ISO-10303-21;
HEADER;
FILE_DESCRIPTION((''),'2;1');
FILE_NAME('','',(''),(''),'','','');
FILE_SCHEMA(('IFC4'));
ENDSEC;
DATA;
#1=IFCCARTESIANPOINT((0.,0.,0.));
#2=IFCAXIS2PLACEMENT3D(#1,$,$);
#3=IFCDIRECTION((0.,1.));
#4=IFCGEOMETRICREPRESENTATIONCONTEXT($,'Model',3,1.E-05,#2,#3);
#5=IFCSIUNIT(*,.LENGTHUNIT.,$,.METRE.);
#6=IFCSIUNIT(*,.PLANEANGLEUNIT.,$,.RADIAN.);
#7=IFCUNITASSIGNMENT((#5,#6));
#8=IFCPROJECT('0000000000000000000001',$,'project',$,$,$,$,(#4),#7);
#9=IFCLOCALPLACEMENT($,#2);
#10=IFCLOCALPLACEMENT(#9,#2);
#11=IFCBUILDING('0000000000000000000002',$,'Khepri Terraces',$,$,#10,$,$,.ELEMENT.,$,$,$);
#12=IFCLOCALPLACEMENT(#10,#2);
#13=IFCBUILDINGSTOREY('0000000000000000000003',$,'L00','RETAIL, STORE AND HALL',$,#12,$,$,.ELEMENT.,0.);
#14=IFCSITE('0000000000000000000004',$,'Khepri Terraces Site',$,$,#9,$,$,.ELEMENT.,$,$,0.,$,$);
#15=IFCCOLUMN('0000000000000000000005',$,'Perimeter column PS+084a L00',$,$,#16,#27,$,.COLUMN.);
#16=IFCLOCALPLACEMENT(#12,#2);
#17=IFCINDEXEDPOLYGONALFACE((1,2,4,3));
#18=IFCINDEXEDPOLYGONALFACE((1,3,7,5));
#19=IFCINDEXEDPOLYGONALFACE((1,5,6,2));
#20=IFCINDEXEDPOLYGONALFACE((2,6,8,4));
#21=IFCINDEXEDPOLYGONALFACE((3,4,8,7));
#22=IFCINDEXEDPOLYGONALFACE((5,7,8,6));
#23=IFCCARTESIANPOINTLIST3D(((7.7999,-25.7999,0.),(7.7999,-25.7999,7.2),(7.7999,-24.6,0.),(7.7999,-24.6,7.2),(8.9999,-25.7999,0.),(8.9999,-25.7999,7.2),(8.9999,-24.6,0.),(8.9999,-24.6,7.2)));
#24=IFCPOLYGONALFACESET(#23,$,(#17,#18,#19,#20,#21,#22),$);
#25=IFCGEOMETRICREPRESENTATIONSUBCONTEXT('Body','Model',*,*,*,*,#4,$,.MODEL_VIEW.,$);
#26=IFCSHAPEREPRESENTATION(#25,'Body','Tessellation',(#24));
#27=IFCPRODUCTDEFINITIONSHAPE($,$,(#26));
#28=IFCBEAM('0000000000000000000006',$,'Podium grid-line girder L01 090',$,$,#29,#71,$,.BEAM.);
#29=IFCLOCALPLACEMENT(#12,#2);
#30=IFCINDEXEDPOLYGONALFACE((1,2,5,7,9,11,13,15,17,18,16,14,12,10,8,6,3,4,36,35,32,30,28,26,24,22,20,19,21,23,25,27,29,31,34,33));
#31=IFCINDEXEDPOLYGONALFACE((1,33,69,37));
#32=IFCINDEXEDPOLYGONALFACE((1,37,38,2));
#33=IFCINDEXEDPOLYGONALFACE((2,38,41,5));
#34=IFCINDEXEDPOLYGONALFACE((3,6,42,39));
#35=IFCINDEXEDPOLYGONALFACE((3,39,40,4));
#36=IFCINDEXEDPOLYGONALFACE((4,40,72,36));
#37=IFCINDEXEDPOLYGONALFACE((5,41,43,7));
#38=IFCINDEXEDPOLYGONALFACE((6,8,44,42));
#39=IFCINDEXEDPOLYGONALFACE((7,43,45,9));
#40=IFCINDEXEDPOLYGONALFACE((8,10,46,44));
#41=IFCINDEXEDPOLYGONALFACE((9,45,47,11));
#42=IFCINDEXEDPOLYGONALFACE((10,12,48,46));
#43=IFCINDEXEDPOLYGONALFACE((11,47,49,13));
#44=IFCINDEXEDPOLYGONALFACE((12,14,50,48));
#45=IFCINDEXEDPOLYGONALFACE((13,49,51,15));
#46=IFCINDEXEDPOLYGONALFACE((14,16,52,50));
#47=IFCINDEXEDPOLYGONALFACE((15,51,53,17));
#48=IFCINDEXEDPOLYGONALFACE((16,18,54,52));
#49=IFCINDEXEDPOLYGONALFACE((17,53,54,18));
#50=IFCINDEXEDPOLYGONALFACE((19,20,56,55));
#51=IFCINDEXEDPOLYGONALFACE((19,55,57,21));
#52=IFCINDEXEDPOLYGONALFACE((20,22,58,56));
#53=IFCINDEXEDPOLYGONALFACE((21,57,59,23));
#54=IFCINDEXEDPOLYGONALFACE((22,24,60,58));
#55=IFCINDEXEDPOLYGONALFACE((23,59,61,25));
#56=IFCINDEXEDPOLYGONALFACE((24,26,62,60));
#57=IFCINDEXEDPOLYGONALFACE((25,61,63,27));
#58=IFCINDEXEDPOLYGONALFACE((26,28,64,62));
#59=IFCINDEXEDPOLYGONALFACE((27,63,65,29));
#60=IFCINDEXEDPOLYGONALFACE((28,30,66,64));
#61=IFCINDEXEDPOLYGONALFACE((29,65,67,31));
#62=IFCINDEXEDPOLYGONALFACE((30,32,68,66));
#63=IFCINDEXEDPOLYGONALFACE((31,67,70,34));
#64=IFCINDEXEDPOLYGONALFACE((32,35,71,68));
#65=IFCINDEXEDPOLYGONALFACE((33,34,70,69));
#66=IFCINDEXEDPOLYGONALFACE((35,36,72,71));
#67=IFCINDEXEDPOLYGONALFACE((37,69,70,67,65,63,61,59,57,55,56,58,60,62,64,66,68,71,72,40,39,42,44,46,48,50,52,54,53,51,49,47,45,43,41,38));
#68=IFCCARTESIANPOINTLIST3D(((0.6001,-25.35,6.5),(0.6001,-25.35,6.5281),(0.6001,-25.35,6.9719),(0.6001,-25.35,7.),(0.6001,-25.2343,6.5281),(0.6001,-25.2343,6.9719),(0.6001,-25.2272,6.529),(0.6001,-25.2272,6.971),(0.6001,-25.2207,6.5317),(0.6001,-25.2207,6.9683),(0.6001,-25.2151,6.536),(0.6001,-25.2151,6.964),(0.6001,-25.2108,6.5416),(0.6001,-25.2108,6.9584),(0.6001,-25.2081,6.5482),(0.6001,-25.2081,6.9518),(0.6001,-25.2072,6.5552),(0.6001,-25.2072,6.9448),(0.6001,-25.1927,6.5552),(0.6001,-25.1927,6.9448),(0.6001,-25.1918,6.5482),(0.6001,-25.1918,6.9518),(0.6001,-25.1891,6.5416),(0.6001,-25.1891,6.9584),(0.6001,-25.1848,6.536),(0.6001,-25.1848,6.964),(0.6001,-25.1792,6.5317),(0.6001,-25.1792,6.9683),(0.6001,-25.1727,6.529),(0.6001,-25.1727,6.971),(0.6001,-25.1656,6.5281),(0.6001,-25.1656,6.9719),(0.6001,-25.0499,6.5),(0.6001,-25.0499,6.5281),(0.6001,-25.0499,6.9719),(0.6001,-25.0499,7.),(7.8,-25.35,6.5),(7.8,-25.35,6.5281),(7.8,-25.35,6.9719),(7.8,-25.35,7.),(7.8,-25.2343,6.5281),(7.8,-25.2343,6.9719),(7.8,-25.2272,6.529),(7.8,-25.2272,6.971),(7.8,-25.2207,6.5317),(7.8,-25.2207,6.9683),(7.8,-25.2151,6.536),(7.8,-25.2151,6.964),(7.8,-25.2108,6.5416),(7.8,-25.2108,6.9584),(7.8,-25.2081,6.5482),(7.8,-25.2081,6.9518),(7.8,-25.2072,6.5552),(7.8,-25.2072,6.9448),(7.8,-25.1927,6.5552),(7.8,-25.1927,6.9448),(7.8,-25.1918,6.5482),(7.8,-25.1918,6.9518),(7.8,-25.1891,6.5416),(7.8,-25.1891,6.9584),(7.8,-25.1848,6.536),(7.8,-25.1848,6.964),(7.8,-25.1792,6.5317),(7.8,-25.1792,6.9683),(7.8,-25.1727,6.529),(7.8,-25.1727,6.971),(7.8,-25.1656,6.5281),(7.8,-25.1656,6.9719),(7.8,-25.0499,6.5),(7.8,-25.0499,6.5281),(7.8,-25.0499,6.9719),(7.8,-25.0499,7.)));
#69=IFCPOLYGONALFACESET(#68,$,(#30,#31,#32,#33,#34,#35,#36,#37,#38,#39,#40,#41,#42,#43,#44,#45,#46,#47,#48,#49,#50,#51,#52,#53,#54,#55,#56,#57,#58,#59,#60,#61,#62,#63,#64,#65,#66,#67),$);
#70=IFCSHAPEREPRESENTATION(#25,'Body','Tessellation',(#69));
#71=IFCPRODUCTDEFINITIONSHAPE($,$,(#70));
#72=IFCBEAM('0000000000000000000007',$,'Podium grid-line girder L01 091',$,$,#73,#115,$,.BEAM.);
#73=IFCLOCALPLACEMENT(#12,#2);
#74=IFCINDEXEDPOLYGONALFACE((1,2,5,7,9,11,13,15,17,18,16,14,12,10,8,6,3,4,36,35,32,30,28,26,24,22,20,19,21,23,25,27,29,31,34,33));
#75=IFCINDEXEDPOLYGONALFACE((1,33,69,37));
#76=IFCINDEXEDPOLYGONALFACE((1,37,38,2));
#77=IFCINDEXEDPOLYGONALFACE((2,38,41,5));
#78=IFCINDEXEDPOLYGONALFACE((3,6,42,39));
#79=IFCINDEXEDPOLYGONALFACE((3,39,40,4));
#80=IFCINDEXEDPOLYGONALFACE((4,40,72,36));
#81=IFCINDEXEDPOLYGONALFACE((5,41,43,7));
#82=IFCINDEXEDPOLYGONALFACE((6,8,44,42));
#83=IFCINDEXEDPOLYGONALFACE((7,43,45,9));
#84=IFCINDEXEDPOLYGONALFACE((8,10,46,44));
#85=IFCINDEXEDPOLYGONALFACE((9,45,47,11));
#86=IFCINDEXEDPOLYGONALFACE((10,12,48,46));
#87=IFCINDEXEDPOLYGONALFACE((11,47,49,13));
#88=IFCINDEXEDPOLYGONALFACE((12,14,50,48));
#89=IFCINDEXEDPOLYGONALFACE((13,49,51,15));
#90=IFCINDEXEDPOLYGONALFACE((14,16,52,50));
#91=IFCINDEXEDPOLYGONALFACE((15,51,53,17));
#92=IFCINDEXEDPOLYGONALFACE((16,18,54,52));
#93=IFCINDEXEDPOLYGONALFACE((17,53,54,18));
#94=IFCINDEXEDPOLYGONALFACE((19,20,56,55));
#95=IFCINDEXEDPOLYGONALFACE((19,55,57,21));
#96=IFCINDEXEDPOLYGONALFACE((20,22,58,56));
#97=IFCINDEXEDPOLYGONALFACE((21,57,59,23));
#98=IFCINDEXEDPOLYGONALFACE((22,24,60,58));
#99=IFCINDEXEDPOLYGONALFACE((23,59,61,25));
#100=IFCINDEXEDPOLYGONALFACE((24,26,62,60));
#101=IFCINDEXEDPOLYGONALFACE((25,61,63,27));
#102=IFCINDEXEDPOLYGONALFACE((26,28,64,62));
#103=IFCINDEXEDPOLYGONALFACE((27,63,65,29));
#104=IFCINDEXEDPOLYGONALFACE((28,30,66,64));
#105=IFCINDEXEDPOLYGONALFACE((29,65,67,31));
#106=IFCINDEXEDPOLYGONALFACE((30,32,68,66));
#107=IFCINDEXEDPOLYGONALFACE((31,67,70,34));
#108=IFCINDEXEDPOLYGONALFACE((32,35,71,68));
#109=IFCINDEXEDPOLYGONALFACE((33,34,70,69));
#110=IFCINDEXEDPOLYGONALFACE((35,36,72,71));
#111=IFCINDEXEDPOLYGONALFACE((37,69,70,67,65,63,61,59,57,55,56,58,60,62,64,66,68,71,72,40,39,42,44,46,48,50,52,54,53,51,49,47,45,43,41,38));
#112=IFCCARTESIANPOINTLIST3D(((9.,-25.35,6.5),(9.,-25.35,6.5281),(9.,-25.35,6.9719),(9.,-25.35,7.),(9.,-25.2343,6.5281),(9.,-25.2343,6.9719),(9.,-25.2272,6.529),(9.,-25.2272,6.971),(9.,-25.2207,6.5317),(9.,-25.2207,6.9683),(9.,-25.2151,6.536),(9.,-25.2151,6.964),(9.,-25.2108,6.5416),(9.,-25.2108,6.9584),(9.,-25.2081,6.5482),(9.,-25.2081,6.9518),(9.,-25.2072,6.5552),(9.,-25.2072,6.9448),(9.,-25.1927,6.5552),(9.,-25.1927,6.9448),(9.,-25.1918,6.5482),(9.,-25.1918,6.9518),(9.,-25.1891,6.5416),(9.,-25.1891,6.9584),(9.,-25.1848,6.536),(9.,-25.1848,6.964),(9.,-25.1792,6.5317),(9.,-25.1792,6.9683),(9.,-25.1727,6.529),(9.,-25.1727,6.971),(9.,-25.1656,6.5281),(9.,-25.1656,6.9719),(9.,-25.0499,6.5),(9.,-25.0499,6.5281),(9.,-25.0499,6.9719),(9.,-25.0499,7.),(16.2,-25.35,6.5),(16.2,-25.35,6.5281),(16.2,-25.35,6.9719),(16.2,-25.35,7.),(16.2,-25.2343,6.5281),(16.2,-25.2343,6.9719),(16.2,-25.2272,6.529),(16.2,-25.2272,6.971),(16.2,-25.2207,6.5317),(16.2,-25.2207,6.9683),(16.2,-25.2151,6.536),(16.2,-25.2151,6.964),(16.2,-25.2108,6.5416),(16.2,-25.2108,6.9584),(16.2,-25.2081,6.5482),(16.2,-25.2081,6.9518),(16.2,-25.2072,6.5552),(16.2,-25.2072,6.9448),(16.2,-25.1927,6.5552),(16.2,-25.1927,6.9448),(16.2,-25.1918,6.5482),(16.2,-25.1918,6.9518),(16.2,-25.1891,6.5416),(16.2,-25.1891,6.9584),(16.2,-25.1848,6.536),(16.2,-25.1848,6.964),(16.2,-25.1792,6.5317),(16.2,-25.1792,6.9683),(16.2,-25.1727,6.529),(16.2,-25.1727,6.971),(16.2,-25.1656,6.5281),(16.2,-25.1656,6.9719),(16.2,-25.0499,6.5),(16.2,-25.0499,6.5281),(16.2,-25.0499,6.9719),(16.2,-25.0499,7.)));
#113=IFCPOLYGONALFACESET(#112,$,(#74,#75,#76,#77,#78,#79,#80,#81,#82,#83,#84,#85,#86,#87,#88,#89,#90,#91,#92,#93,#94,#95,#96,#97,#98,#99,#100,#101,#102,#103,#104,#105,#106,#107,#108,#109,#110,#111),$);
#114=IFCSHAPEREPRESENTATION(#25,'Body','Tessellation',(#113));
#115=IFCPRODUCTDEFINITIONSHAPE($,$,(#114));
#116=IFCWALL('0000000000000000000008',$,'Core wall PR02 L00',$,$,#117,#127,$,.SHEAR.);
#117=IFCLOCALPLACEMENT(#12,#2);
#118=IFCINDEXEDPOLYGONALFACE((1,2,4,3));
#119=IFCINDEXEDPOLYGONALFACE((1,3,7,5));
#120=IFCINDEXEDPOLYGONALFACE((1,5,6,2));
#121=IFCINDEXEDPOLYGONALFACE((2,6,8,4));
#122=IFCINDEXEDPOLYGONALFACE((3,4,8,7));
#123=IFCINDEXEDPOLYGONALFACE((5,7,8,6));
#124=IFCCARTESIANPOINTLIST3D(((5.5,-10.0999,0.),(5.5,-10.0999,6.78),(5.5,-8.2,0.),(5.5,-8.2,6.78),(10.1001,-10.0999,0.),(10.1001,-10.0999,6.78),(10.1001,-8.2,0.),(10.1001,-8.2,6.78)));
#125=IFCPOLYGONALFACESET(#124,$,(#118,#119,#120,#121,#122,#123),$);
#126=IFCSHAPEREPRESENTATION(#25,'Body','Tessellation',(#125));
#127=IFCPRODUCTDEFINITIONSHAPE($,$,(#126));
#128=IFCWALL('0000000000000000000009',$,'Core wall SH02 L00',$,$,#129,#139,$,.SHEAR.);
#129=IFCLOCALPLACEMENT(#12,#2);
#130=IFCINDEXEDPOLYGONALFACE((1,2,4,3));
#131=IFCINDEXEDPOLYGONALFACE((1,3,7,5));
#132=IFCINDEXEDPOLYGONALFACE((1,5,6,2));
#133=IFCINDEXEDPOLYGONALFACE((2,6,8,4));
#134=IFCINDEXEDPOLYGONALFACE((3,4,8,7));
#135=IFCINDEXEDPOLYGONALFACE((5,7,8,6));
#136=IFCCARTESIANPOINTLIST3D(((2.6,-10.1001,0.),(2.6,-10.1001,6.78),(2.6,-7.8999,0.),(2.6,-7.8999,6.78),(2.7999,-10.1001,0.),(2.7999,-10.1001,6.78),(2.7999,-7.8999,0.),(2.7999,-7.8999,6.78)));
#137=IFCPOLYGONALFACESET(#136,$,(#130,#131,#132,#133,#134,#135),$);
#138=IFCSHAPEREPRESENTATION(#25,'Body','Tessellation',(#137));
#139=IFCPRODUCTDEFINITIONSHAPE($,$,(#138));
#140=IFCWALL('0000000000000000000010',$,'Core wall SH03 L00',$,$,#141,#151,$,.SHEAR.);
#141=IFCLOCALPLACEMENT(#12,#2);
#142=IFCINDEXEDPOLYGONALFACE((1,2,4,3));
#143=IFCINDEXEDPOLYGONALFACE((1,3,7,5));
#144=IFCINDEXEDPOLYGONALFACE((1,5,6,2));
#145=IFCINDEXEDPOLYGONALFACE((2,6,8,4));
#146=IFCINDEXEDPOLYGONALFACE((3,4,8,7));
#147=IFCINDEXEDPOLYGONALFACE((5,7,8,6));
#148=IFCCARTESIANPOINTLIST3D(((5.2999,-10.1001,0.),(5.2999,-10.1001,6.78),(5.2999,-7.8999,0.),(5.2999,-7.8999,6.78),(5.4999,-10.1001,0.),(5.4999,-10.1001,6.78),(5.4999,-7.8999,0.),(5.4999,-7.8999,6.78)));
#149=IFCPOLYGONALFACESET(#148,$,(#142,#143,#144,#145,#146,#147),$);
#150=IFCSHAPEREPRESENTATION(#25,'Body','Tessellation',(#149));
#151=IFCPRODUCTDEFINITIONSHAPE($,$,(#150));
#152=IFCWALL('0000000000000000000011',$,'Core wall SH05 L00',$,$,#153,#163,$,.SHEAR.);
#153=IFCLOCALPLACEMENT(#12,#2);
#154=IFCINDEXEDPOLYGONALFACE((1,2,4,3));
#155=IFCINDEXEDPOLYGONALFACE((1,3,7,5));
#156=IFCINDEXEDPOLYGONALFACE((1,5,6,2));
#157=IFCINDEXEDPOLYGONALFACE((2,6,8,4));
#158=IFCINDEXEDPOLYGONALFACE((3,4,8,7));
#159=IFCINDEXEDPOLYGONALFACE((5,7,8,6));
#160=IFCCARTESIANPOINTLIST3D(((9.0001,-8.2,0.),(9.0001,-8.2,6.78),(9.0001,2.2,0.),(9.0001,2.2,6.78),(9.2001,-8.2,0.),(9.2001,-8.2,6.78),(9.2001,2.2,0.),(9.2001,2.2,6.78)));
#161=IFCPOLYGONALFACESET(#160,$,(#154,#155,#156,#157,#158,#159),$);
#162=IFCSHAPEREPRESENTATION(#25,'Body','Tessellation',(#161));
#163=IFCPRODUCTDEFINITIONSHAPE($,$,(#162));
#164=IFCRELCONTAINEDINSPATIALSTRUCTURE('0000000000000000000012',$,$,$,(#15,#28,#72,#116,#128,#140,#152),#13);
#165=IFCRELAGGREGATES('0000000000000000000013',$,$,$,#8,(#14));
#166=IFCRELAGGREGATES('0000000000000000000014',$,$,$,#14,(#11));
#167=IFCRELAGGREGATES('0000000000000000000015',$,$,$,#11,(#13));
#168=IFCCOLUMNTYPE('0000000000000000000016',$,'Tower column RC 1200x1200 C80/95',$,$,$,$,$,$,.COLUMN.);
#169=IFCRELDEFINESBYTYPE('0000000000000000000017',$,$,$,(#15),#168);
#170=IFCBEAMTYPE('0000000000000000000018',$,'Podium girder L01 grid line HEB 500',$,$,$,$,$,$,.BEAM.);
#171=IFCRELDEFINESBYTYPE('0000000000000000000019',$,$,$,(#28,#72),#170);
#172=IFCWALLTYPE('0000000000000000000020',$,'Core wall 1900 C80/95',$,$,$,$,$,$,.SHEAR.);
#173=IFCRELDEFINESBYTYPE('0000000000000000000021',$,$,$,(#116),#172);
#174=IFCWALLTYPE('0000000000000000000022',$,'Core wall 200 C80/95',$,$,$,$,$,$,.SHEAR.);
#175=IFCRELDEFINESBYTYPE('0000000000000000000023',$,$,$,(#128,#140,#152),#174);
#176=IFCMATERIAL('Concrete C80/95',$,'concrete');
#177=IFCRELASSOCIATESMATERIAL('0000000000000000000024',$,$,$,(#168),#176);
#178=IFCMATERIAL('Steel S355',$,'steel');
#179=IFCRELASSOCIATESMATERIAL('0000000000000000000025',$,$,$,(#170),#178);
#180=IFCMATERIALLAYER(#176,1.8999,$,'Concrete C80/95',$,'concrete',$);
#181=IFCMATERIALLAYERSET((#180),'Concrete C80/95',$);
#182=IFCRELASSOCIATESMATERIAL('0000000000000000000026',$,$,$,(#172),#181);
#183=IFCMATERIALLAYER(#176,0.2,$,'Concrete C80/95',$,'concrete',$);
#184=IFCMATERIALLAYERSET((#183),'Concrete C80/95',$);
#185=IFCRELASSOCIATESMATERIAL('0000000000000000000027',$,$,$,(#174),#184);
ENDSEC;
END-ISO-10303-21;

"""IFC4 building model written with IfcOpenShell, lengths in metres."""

from ifc_helpers import new_model, si_unit, direction, frame, frame_2d, origin, origin_2d, place, context, subcontext, project, spatial, rectangle, i_section, extrude, material, layer, layer_set, material_profile, profile_set, type_object, element, save


model = new_model("IFC4")

# Units and contexts
model_context = context("Model", 3, precision=1e-05, world=origin(), true_north=direction((0.0, 1.0)))
body_context = subcontext(model_context, "Body", "Model", "MODEL_VIEW")
ifc_project = project(units=[si_unit("LENGTHUNIT", "METRE"), si_unit("PLANEANGLEUNIT", "RADIAN")], contexts=[model_context])

# Site, building, storey
site_placement = place(None, origin())
site = spatial("IfcSite", under=ifc_project, at=site_placement, Name="Khepri Terraces Site", CompositionType="ELEMENT", RefElevation=0.0)
building_placement = place(site_placement, origin())
building = spatial("IfcBuilding", under=site, at=building_placement, Name="Khepri Terraces", CompositionType="ELEMENT")
storey_placement = place(building_placement, origin())
storey = spatial("IfcBuildingStorey", under=building, at=storey_placement, Name="L00", Description="RETAIL, STORE AND HALL", CompositionType="ELEMENT", Elevation=0.0)

# Column
ifc_material_1 = material(Name="Concrete C80/95", Category="concrete")
ifc_material_profile_1 = material_profile(ifc_material_1, rectangle(XDim=1.2, YDim=1.2, at=origin_2d()), Name="Concrete C80/95", Category="concrete")
ifc_profile_set_1 = profile_set([ifc_material_profile_1], Name="Concrete C80/95")
column_type = type_object("IfcColumnType", Name="Tower column RC 1200x1200 C80/95", PredefinedType="COLUMN", material=ifc_profile_set_1)
column_placement = place(storey_placement, frame((8.3999, -25.2, 0.0), z_axis=(0.0, 0.0, 1.0), x_axis=(1.0, 0.0, 0.0)))
element("IfcColumn", 1, at=column_placement, inside=storey, type_object=column_type, Name="Perimeter column PS+084a L00", PredefinedType="COLUMN", context=body_context, shape_type="SweptSolid", body=[
    extrude(rectangle(XDim=1.2, YDim=1.2, at=origin_2d()), origin(), (0.0, 0.0, 1.0), 7.2),
])

# Beams
ifc_material_2 = material(Name="Steel S355", Category="steel")
ifc_material_profile_2 = material_profile(ifc_material_2, i_section(OverallWidth=0.3, OverallDepth=0.5, WebThickness=0.0144, FlangeThickness=0.0281, FilletRadius=0.0271, at=origin_2d()), Name="Steel S355", Category="steel")
ifc_profile_set_2 = profile_set([ifc_material_profile_2], Name="Steel S355")
beam_type = type_object("IfcBeamType", Name="Podium girder L01 grid line HEB 500", PredefinedType="BEAM", material=ifc_profile_set_2)
for number, where, z_axis, x_axis, name in (
    (2, (0.6001, -25.2, 6.75), (1.0, 0.0, 0.0), (0.0, 1.0, 0.0), "Podium grid-line girder L01 090"),
    (3, (9.0, -25.2, 6.75), (1.0, 0.0, 0.0), (0.0, 1.0, 0.0), "Podium grid-line girder L01 091"),
):
    element("IfcBeam", number, at=place(storey_placement, frame(where, z_axis=z_axis, x_axis=x_axis)), inside=storey, type_object=beam_type, Name=name, PredefinedType="BEAM", context=body_context, shape_type="SweptSolid", body=[
        extrude(i_section(OverallWidth=0.3, OverallDepth=0.5, WebThickness=0.0144, FlangeThickness=0.0281, FilletRadius=0.0271, at=origin_2d()), origin(), (0.0, 0.0, 1.0), 7.2),
    ])

# Walls
ifc_layer_1 = layer(ifc_material_1, 1.8999, Name="Concrete C80/95", Category="concrete")
ifc_layer_set_1 = layer_set([ifc_layer_1], Name="Concrete C80/95")
wall_type_1 = type_object("IfcWallType", Name="Core wall 1900 C80/95", PredefinedType="SHEAR", material=ifc_layer_set_1)
wall_1_placement = place(storey_placement, frame((5.5, -9.1499, 0.0), z_axis=(0.0, 0.0, 1.0), x_axis=(1.0, 0.0, 0.0)))
element("IfcWall", 4, at=wall_1_placement, inside=storey, type_object=wall_type_1, Name="Core wall PR02 L00", PredefinedType="SHEAR", context=body_context, shape_type="SweptSolid", body=[
    extrude(rectangle(XDim=4.6001, YDim=1.8999, at=frame_2d((2.3, 0.0))), origin(), (0.0, 0.0, 1.0), 6.78),
])
ifc_layer_2 = layer(ifc_material_1, 0.2, Name="Concrete C80/95", Category="concrete")
ifc_layer_set_2 = layer_set([ifc_layer_2], Name="Concrete C80/95")
wall_type_2 = type_object("IfcWallType", Name="Core wall 200 C80/95", PredefinedType="SHEAR", material=ifc_layer_set_2)
for number, where, z_axis, x_axis, name in (
    (5, (2.7, -10.1001, 0.0), (0.0, 0.0, 1.0), (0.0, 1.0, 0.0), "Core wall SH02 L00"),
    (6, (5.3999, -10.1001, 0.0), (0.0, 0.0, 1.0), (0.0, 1.0, 0.0), "Core wall SH03 L00"),
):
    element("IfcWall", number, at=place(storey_placement, frame(where, z_axis=z_axis, x_axis=x_axis)), inside=storey, type_object=wall_type_2, Name=name, PredefinedType="SHEAR", context=body_context, shape_type="SweptSolid", body=[
        extrude(rectangle(XDim=2.2002, YDim=0.2, at=frame_2d((1.1001, 0.0))), origin(), (0.0, 0.0, 1.0), 6.78),
    ])
wall_2_placement = place(storey_placement, frame((9.1001, -8.2, 0.0), z_axis=(0.0, 0.0, 1.0), x_axis=(0.0, 1.0, 0.0)))
element("IfcWall", 7, at=wall_2_placement, inside=storey, type_object=wall_type_2, Name="Core wall SH05 L00", PredefinedType="SHEAR", context=body_context, shape_type="SweptSolid", body=[
    extrude(rectangle(XDim=10.3999, YDim=0.2, at=frame_2d((5.2, 0.0))), origin(), (0.0, 0.0, 1.0), 6.78),
])

save(model, "model.ifc")
